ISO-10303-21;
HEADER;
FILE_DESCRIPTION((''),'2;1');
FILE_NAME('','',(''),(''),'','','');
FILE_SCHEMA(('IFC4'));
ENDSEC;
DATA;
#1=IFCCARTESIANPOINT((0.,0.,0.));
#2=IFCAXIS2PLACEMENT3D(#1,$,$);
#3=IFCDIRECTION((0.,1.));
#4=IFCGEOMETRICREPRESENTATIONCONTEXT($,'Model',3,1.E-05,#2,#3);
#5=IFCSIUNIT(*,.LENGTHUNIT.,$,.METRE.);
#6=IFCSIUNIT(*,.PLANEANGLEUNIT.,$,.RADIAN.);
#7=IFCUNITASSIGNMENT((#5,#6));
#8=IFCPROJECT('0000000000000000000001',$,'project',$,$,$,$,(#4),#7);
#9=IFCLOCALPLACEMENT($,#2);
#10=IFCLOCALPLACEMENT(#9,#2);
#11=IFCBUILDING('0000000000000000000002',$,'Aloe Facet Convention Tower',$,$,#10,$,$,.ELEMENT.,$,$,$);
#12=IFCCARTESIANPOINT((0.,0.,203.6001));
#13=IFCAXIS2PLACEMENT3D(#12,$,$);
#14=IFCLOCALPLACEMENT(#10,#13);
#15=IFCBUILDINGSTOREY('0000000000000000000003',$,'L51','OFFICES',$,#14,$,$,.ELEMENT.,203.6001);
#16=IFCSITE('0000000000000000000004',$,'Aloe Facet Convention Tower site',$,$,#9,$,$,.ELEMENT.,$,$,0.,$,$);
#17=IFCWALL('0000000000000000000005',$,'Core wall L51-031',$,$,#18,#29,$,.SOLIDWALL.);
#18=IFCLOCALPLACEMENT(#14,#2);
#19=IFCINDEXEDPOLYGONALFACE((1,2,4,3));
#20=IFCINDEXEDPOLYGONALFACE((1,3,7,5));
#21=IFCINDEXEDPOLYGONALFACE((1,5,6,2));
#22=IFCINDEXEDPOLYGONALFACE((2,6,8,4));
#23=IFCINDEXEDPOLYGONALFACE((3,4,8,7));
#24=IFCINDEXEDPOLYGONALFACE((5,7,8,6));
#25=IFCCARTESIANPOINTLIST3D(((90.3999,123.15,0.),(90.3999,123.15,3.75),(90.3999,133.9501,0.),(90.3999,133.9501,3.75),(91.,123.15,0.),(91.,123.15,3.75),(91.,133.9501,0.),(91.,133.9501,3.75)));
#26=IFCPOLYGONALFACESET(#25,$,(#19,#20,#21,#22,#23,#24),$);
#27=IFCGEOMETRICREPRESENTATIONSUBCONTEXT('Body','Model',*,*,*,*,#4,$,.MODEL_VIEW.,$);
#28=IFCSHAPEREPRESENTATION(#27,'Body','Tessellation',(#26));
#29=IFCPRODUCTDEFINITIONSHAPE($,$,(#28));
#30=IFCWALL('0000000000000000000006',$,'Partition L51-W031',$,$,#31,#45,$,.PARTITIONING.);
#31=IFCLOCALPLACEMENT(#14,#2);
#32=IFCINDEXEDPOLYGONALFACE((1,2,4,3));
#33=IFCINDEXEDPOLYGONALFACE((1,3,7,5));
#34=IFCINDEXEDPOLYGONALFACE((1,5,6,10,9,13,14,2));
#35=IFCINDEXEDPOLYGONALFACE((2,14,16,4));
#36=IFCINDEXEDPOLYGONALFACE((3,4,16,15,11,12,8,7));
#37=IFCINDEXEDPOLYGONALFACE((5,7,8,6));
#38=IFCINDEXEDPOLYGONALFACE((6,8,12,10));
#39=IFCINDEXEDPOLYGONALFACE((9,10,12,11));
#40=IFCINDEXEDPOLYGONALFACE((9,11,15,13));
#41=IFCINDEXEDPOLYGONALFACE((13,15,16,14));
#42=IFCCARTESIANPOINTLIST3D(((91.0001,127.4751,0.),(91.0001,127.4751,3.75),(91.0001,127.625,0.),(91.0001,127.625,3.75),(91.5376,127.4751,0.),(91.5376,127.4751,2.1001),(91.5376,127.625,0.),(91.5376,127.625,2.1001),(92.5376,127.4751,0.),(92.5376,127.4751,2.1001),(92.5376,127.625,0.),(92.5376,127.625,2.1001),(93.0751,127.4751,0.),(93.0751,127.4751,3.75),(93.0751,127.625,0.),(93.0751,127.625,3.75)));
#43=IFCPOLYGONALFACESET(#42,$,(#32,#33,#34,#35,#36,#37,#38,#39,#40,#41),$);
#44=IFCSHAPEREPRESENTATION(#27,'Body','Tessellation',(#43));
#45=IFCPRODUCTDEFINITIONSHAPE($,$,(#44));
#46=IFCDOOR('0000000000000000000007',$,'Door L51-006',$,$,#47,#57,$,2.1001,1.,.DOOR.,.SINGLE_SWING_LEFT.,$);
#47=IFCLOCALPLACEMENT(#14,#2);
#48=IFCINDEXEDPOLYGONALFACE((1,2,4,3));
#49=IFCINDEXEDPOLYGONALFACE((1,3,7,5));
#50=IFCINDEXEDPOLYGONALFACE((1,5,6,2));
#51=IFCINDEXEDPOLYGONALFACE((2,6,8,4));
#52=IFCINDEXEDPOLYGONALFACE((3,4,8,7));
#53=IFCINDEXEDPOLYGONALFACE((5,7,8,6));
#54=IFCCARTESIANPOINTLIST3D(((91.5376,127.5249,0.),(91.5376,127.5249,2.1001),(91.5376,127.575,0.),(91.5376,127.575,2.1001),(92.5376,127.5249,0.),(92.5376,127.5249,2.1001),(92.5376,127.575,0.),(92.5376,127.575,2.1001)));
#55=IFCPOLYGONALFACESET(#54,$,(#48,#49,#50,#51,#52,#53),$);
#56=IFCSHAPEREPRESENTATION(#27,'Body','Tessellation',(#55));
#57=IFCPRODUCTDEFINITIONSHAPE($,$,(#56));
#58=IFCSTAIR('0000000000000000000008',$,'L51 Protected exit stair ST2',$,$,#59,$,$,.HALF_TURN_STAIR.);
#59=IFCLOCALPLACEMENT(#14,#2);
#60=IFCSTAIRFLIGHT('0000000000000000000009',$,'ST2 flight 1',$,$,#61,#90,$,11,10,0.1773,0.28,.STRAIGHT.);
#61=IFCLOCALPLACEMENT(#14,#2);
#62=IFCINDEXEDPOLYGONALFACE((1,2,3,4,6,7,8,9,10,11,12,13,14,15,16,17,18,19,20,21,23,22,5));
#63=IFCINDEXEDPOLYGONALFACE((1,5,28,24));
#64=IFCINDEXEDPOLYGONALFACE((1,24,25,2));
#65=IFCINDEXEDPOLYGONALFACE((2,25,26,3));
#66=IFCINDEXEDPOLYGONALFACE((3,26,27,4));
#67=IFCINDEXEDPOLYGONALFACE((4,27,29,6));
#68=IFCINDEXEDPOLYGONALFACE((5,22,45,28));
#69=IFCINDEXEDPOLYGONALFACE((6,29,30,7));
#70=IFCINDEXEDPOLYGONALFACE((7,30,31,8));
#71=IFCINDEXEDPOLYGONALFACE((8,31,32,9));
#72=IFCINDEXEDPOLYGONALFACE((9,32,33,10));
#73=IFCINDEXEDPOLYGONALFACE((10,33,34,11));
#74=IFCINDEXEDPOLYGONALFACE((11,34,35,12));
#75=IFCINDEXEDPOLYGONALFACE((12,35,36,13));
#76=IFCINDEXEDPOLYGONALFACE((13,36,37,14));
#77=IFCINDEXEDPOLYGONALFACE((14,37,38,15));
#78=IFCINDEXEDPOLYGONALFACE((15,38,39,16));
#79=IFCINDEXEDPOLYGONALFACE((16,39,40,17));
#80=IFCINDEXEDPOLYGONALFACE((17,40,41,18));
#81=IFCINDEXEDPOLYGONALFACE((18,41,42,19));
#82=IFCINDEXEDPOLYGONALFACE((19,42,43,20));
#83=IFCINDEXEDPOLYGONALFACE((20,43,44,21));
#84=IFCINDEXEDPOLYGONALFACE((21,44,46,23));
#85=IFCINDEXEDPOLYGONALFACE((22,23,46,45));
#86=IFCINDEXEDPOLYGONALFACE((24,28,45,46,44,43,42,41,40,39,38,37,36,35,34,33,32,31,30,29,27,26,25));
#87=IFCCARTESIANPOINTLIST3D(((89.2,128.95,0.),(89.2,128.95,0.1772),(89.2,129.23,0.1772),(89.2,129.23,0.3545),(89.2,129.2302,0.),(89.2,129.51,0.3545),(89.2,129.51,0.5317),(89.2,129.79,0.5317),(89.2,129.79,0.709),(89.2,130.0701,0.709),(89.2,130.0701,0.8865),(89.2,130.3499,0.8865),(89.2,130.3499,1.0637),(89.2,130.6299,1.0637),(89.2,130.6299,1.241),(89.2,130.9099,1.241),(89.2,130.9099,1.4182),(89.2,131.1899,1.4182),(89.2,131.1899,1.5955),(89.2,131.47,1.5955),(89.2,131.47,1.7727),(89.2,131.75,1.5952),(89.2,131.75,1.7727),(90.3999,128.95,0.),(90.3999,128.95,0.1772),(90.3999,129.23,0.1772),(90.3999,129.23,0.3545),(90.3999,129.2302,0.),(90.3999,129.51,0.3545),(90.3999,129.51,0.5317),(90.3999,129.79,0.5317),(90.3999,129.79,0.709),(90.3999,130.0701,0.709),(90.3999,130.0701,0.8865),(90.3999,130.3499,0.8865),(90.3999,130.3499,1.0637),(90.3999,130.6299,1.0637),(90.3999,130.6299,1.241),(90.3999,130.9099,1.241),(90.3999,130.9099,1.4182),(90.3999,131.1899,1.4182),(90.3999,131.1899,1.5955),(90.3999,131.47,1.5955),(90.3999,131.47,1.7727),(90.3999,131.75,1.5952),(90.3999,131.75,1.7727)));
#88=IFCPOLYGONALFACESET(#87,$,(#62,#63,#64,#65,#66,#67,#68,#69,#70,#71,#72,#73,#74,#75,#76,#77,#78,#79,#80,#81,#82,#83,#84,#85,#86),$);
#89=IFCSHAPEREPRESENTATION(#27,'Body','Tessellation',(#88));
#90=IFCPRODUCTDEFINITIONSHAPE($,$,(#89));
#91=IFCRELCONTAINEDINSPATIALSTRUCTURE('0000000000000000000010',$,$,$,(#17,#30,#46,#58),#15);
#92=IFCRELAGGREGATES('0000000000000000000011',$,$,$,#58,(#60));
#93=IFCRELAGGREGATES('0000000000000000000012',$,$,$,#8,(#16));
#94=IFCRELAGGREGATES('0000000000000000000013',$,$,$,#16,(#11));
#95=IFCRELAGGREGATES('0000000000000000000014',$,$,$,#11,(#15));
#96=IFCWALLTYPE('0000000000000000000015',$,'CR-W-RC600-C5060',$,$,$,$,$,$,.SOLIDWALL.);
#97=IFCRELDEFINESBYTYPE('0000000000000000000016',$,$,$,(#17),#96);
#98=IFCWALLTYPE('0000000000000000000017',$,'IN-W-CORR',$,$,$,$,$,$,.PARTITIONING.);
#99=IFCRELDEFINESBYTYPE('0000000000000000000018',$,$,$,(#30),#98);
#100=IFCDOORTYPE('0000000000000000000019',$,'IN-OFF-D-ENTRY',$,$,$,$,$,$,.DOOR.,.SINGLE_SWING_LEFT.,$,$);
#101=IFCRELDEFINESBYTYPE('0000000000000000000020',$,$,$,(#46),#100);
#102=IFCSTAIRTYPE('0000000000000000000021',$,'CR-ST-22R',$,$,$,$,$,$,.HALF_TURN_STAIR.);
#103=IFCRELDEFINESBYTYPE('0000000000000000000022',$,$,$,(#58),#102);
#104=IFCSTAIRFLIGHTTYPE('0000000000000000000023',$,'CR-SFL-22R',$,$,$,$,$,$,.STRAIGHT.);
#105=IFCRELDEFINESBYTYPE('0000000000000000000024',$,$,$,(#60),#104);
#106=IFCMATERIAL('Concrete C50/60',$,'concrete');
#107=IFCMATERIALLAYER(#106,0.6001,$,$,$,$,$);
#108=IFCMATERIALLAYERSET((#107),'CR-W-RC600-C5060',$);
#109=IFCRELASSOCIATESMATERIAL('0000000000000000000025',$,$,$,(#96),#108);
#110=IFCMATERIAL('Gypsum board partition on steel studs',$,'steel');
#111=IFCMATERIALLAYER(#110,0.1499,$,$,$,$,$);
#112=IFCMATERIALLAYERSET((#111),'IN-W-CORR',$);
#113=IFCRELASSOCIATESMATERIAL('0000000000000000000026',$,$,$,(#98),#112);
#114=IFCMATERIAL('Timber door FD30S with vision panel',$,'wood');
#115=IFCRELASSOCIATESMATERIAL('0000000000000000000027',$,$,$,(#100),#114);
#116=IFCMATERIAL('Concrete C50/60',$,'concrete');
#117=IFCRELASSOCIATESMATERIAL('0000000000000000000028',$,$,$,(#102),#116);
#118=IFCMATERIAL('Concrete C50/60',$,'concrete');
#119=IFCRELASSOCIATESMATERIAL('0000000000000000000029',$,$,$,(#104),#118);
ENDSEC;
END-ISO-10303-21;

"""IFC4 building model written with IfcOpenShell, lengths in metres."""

from ifc_helpers import new_model, si_unit, direction, frame, frame_2d, origin, place, context, subcontext, project, spatial, polyline, rectangle, outline, extrude, material, layer, layer_set, type_object, element, fill, aggregate, save


model = new_model("IFC4")

# Units and contexts
model_context = context("Model", 3, precision=1e-05, world=origin(), true_north=direction((0.0, 1.0)))
body_context = subcontext(model_context, "Body", "Model", "MODEL_VIEW")
ifc_project = project(units=[si_unit("LENGTHUNIT", "METRE"), si_unit("PLANEANGLEUNIT", "RADIAN")], contexts=[model_context])

# Site, building, storey
site_placement = place(None, origin())
site = spatial("IfcSite", under=ifc_project, at=site_placement, Name="Aloe Facet Convention Tower site", CompositionType="ELEMENT", RefElevation=0.0)
building_placement = place(site_placement, origin())
building = spatial("IfcBuilding", under=site, at=building_placement, Name="Aloe Facet Convention Tower", CompositionType="ELEMENT")
storey_placement = place(building_placement, frame((0.0, 0.0, 203.6001)))
storey = spatial("IfcBuildingStorey", under=building, at=storey_placement, Name="L51", Description="OFFICES", CompositionType="ELEMENT", Elevation=203.6001)

# Wall
ifc_material_1 = material(Name="Concrete C50/60", Category="concrete")
ifc_layer_1 = layer(ifc_material_1, 0.6001)
ifc_layer_set_1 = layer_set([ifc_layer_1], Name="CR-W-RC600-C5060")
wall_type_1 = type_object("IfcWallType", Name="CR-W-RC600-C5060", PredefinedType="SOLIDWALL", material=ifc_layer_set_1)
wall_1_placement = place(storey_placement, frame((90.7, 133.95, 0.0), z_axis=(0.0, 0.0, 1.0), x_axis=(0.0, -1.0, 0.0)))
element("IfcWall", 1, at=wall_1_placement, inside=storey, type_object=wall_type_1, Name="Core wall L51-031", PredefinedType="SOLIDWALL", context=body_context, shape_type="SweptSolid", body=[
    extrude(rectangle(XDim=10.8, YDim=0.6001, at=frame_2d((5.3999, 0.0))), origin(), (0.0, 0.0, 1.0), 3.75),
])

# Wall, opening, door
ifc_material_2 = material(Name="Gypsum board partition on steel studs", Category="steel")
ifc_layer_2 = layer(ifc_material_2, 0.1499)
ifc_layer_set_2 = layer_set([ifc_layer_2], Name="IN-W-CORR")
wall_type_2 = type_object("IfcWallType", Name="IN-W-CORR", PredefinedType="PARTITIONING", material=ifc_layer_set_2)
wall_2_placement = place(storey_placement, frame((91.0, 127.55, 0.0), z_axis=(0.0, 0.0, 1.0), x_axis=(1.0, 0.0, 0.0)))
wall_2 = element("IfcWall", 2, at=wall_2_placement, inside=storey, type_object=wall_type_2, Name="Partition L51-W031", PredefinedType="PARTITIONING", context=body_context, shape_type="SweptSolid", body=[
    extrude(rectangle(XDim=2.075, YDim=0.1499, at=frame_2d((1.0376, 0.0))), origin(), (0.0, 0.0, 1.0), 3.75),
])
opening_placement = place(wall_2_placement, frame((0.5376, 0.0, 0.0)))
opening = element("IfcOpeningElement", 3, at=opening_placement, cuts=wall_2, PredefinedType="OPENING", context=body_context, shape_type="SweptSolid", body=[
    extrude(rectangle(XDim=1.0, YDim=2.1001, at=frame_2d((0.5, 1.05))), frame((0.0, 0.085, 0.0), z_axis=(0.0, -1.0, 0.0), x_axis=(1.0, 0.0, 0.0)), (0.0, 0.0, 1.0), 0.1699),
])
ifc_material_3 = material(Name="Timber door FD30S with vision panel", Category="wood")
door_type = type_object("IfcDoorType", Name="IN-OFF-D-ENTRY", OperationType="SINGLE_SWING_LEFT", PredefinedType="DOOR", material=ifc_material_3)
door_placement = place(opening_placement, origin())
door = element("IfcDoor", 4, at=door_placement, inside=storey, type_object=door_type, Name="Door L51-006", OperationType="SINGLE_SWING_LEFT", OverallHeight=2.1001, OverallWidth=1.0, PredefinedType="DOOR", context=body_context, shape_type="SweptSolid", body=[
    extrude(rectangle(XDim=1.0, YDim=2.1001, at=frame_2d((0.5, 1.05))), frame((0.0, 0.0249, 0.0), z_axis=(0.0, -1.0, 0.0), x_axis=(1.0, 0.0, 0.0)), (0.0, 0.0, 1.0), 0.05),
])
fill(opening, door)

# Stair, stair flight
ifc_material_4 = material(Name="Concrete C50/60", Category="concrete")
stair_type = type_object("IfcStairType", Name="CR-ST-22R", PredefinedType="HALF_TURN_STAIR", material=ifc_material_4)
stair_placement = place(storey_placement, origin())
stair = element("IfcStair", 5, at=stair_placement, inside=storey, type_object=stair_type, Name="L51 Protected exit stair ST2", PredefinedType="HALF_TURN_STAIR")
ifc_material_5 = material(Name="Concrete C50/60", Category="concrete")
stair_flight_type = type_object("IfcStairFlightType", Name="CR-SFL-22R", PredefinedType="STRAIGHT", material=ifc_material_5)
stair_flight_placement = place(storey_placement, frame((89.8, 128.95, 0.0), z_axis=(0.0, 0.0, 1.0), x_axis=(0.0, 1.0, 0.0)))
stair_flight = element("IfcStairFlight", 6, at=stair_flight_placement, type_object=stair_flight_type, Name="ST2 flight 1", NumberOfRisers=11, NumberOfTreads=10, PredefinedType="STRAIGHT", RiserHeight=0.1773, TreadLength=0.28, context=body_context, shape_type="SweptSolid", body=[
    extrude(outline(polyline([(0.0, 0.0), (0.0, 0.1772), (0.28, 0.1772), (0.28, 0.3545), (0.5601, 0.3545), (0.5601, 0.5317), (0.8401, 0.5317), (0.8401, 0.709), (1.1201, 0.709), (1.1201, 0.8865), (1.3999, 0.8865), (1.3999, 1.0637), (1.6799, 1.0637), (1.6799, 1.241), (1.96, 1.241), (1.96, 1.4182), (2.24, 1.4182), (2.24, 1.5955), (2.52, 1.5955), (2.52, 1.7727), (2.8, 1.7727), (2.8, 1.95), (2.8, 1.5952), (0.2803, 0.0), (0.0, 0.0)])), frame((0.0, 0.6001, 0.0), z_axis=(0.0, -1.0, 0.0), x_axis=(1.0, 0.0, 0.0)), (0.0, 0.0, 1.0), 1.2),
])
aggregate(stair, [stair_flight])

save(model, "model.ifc")
